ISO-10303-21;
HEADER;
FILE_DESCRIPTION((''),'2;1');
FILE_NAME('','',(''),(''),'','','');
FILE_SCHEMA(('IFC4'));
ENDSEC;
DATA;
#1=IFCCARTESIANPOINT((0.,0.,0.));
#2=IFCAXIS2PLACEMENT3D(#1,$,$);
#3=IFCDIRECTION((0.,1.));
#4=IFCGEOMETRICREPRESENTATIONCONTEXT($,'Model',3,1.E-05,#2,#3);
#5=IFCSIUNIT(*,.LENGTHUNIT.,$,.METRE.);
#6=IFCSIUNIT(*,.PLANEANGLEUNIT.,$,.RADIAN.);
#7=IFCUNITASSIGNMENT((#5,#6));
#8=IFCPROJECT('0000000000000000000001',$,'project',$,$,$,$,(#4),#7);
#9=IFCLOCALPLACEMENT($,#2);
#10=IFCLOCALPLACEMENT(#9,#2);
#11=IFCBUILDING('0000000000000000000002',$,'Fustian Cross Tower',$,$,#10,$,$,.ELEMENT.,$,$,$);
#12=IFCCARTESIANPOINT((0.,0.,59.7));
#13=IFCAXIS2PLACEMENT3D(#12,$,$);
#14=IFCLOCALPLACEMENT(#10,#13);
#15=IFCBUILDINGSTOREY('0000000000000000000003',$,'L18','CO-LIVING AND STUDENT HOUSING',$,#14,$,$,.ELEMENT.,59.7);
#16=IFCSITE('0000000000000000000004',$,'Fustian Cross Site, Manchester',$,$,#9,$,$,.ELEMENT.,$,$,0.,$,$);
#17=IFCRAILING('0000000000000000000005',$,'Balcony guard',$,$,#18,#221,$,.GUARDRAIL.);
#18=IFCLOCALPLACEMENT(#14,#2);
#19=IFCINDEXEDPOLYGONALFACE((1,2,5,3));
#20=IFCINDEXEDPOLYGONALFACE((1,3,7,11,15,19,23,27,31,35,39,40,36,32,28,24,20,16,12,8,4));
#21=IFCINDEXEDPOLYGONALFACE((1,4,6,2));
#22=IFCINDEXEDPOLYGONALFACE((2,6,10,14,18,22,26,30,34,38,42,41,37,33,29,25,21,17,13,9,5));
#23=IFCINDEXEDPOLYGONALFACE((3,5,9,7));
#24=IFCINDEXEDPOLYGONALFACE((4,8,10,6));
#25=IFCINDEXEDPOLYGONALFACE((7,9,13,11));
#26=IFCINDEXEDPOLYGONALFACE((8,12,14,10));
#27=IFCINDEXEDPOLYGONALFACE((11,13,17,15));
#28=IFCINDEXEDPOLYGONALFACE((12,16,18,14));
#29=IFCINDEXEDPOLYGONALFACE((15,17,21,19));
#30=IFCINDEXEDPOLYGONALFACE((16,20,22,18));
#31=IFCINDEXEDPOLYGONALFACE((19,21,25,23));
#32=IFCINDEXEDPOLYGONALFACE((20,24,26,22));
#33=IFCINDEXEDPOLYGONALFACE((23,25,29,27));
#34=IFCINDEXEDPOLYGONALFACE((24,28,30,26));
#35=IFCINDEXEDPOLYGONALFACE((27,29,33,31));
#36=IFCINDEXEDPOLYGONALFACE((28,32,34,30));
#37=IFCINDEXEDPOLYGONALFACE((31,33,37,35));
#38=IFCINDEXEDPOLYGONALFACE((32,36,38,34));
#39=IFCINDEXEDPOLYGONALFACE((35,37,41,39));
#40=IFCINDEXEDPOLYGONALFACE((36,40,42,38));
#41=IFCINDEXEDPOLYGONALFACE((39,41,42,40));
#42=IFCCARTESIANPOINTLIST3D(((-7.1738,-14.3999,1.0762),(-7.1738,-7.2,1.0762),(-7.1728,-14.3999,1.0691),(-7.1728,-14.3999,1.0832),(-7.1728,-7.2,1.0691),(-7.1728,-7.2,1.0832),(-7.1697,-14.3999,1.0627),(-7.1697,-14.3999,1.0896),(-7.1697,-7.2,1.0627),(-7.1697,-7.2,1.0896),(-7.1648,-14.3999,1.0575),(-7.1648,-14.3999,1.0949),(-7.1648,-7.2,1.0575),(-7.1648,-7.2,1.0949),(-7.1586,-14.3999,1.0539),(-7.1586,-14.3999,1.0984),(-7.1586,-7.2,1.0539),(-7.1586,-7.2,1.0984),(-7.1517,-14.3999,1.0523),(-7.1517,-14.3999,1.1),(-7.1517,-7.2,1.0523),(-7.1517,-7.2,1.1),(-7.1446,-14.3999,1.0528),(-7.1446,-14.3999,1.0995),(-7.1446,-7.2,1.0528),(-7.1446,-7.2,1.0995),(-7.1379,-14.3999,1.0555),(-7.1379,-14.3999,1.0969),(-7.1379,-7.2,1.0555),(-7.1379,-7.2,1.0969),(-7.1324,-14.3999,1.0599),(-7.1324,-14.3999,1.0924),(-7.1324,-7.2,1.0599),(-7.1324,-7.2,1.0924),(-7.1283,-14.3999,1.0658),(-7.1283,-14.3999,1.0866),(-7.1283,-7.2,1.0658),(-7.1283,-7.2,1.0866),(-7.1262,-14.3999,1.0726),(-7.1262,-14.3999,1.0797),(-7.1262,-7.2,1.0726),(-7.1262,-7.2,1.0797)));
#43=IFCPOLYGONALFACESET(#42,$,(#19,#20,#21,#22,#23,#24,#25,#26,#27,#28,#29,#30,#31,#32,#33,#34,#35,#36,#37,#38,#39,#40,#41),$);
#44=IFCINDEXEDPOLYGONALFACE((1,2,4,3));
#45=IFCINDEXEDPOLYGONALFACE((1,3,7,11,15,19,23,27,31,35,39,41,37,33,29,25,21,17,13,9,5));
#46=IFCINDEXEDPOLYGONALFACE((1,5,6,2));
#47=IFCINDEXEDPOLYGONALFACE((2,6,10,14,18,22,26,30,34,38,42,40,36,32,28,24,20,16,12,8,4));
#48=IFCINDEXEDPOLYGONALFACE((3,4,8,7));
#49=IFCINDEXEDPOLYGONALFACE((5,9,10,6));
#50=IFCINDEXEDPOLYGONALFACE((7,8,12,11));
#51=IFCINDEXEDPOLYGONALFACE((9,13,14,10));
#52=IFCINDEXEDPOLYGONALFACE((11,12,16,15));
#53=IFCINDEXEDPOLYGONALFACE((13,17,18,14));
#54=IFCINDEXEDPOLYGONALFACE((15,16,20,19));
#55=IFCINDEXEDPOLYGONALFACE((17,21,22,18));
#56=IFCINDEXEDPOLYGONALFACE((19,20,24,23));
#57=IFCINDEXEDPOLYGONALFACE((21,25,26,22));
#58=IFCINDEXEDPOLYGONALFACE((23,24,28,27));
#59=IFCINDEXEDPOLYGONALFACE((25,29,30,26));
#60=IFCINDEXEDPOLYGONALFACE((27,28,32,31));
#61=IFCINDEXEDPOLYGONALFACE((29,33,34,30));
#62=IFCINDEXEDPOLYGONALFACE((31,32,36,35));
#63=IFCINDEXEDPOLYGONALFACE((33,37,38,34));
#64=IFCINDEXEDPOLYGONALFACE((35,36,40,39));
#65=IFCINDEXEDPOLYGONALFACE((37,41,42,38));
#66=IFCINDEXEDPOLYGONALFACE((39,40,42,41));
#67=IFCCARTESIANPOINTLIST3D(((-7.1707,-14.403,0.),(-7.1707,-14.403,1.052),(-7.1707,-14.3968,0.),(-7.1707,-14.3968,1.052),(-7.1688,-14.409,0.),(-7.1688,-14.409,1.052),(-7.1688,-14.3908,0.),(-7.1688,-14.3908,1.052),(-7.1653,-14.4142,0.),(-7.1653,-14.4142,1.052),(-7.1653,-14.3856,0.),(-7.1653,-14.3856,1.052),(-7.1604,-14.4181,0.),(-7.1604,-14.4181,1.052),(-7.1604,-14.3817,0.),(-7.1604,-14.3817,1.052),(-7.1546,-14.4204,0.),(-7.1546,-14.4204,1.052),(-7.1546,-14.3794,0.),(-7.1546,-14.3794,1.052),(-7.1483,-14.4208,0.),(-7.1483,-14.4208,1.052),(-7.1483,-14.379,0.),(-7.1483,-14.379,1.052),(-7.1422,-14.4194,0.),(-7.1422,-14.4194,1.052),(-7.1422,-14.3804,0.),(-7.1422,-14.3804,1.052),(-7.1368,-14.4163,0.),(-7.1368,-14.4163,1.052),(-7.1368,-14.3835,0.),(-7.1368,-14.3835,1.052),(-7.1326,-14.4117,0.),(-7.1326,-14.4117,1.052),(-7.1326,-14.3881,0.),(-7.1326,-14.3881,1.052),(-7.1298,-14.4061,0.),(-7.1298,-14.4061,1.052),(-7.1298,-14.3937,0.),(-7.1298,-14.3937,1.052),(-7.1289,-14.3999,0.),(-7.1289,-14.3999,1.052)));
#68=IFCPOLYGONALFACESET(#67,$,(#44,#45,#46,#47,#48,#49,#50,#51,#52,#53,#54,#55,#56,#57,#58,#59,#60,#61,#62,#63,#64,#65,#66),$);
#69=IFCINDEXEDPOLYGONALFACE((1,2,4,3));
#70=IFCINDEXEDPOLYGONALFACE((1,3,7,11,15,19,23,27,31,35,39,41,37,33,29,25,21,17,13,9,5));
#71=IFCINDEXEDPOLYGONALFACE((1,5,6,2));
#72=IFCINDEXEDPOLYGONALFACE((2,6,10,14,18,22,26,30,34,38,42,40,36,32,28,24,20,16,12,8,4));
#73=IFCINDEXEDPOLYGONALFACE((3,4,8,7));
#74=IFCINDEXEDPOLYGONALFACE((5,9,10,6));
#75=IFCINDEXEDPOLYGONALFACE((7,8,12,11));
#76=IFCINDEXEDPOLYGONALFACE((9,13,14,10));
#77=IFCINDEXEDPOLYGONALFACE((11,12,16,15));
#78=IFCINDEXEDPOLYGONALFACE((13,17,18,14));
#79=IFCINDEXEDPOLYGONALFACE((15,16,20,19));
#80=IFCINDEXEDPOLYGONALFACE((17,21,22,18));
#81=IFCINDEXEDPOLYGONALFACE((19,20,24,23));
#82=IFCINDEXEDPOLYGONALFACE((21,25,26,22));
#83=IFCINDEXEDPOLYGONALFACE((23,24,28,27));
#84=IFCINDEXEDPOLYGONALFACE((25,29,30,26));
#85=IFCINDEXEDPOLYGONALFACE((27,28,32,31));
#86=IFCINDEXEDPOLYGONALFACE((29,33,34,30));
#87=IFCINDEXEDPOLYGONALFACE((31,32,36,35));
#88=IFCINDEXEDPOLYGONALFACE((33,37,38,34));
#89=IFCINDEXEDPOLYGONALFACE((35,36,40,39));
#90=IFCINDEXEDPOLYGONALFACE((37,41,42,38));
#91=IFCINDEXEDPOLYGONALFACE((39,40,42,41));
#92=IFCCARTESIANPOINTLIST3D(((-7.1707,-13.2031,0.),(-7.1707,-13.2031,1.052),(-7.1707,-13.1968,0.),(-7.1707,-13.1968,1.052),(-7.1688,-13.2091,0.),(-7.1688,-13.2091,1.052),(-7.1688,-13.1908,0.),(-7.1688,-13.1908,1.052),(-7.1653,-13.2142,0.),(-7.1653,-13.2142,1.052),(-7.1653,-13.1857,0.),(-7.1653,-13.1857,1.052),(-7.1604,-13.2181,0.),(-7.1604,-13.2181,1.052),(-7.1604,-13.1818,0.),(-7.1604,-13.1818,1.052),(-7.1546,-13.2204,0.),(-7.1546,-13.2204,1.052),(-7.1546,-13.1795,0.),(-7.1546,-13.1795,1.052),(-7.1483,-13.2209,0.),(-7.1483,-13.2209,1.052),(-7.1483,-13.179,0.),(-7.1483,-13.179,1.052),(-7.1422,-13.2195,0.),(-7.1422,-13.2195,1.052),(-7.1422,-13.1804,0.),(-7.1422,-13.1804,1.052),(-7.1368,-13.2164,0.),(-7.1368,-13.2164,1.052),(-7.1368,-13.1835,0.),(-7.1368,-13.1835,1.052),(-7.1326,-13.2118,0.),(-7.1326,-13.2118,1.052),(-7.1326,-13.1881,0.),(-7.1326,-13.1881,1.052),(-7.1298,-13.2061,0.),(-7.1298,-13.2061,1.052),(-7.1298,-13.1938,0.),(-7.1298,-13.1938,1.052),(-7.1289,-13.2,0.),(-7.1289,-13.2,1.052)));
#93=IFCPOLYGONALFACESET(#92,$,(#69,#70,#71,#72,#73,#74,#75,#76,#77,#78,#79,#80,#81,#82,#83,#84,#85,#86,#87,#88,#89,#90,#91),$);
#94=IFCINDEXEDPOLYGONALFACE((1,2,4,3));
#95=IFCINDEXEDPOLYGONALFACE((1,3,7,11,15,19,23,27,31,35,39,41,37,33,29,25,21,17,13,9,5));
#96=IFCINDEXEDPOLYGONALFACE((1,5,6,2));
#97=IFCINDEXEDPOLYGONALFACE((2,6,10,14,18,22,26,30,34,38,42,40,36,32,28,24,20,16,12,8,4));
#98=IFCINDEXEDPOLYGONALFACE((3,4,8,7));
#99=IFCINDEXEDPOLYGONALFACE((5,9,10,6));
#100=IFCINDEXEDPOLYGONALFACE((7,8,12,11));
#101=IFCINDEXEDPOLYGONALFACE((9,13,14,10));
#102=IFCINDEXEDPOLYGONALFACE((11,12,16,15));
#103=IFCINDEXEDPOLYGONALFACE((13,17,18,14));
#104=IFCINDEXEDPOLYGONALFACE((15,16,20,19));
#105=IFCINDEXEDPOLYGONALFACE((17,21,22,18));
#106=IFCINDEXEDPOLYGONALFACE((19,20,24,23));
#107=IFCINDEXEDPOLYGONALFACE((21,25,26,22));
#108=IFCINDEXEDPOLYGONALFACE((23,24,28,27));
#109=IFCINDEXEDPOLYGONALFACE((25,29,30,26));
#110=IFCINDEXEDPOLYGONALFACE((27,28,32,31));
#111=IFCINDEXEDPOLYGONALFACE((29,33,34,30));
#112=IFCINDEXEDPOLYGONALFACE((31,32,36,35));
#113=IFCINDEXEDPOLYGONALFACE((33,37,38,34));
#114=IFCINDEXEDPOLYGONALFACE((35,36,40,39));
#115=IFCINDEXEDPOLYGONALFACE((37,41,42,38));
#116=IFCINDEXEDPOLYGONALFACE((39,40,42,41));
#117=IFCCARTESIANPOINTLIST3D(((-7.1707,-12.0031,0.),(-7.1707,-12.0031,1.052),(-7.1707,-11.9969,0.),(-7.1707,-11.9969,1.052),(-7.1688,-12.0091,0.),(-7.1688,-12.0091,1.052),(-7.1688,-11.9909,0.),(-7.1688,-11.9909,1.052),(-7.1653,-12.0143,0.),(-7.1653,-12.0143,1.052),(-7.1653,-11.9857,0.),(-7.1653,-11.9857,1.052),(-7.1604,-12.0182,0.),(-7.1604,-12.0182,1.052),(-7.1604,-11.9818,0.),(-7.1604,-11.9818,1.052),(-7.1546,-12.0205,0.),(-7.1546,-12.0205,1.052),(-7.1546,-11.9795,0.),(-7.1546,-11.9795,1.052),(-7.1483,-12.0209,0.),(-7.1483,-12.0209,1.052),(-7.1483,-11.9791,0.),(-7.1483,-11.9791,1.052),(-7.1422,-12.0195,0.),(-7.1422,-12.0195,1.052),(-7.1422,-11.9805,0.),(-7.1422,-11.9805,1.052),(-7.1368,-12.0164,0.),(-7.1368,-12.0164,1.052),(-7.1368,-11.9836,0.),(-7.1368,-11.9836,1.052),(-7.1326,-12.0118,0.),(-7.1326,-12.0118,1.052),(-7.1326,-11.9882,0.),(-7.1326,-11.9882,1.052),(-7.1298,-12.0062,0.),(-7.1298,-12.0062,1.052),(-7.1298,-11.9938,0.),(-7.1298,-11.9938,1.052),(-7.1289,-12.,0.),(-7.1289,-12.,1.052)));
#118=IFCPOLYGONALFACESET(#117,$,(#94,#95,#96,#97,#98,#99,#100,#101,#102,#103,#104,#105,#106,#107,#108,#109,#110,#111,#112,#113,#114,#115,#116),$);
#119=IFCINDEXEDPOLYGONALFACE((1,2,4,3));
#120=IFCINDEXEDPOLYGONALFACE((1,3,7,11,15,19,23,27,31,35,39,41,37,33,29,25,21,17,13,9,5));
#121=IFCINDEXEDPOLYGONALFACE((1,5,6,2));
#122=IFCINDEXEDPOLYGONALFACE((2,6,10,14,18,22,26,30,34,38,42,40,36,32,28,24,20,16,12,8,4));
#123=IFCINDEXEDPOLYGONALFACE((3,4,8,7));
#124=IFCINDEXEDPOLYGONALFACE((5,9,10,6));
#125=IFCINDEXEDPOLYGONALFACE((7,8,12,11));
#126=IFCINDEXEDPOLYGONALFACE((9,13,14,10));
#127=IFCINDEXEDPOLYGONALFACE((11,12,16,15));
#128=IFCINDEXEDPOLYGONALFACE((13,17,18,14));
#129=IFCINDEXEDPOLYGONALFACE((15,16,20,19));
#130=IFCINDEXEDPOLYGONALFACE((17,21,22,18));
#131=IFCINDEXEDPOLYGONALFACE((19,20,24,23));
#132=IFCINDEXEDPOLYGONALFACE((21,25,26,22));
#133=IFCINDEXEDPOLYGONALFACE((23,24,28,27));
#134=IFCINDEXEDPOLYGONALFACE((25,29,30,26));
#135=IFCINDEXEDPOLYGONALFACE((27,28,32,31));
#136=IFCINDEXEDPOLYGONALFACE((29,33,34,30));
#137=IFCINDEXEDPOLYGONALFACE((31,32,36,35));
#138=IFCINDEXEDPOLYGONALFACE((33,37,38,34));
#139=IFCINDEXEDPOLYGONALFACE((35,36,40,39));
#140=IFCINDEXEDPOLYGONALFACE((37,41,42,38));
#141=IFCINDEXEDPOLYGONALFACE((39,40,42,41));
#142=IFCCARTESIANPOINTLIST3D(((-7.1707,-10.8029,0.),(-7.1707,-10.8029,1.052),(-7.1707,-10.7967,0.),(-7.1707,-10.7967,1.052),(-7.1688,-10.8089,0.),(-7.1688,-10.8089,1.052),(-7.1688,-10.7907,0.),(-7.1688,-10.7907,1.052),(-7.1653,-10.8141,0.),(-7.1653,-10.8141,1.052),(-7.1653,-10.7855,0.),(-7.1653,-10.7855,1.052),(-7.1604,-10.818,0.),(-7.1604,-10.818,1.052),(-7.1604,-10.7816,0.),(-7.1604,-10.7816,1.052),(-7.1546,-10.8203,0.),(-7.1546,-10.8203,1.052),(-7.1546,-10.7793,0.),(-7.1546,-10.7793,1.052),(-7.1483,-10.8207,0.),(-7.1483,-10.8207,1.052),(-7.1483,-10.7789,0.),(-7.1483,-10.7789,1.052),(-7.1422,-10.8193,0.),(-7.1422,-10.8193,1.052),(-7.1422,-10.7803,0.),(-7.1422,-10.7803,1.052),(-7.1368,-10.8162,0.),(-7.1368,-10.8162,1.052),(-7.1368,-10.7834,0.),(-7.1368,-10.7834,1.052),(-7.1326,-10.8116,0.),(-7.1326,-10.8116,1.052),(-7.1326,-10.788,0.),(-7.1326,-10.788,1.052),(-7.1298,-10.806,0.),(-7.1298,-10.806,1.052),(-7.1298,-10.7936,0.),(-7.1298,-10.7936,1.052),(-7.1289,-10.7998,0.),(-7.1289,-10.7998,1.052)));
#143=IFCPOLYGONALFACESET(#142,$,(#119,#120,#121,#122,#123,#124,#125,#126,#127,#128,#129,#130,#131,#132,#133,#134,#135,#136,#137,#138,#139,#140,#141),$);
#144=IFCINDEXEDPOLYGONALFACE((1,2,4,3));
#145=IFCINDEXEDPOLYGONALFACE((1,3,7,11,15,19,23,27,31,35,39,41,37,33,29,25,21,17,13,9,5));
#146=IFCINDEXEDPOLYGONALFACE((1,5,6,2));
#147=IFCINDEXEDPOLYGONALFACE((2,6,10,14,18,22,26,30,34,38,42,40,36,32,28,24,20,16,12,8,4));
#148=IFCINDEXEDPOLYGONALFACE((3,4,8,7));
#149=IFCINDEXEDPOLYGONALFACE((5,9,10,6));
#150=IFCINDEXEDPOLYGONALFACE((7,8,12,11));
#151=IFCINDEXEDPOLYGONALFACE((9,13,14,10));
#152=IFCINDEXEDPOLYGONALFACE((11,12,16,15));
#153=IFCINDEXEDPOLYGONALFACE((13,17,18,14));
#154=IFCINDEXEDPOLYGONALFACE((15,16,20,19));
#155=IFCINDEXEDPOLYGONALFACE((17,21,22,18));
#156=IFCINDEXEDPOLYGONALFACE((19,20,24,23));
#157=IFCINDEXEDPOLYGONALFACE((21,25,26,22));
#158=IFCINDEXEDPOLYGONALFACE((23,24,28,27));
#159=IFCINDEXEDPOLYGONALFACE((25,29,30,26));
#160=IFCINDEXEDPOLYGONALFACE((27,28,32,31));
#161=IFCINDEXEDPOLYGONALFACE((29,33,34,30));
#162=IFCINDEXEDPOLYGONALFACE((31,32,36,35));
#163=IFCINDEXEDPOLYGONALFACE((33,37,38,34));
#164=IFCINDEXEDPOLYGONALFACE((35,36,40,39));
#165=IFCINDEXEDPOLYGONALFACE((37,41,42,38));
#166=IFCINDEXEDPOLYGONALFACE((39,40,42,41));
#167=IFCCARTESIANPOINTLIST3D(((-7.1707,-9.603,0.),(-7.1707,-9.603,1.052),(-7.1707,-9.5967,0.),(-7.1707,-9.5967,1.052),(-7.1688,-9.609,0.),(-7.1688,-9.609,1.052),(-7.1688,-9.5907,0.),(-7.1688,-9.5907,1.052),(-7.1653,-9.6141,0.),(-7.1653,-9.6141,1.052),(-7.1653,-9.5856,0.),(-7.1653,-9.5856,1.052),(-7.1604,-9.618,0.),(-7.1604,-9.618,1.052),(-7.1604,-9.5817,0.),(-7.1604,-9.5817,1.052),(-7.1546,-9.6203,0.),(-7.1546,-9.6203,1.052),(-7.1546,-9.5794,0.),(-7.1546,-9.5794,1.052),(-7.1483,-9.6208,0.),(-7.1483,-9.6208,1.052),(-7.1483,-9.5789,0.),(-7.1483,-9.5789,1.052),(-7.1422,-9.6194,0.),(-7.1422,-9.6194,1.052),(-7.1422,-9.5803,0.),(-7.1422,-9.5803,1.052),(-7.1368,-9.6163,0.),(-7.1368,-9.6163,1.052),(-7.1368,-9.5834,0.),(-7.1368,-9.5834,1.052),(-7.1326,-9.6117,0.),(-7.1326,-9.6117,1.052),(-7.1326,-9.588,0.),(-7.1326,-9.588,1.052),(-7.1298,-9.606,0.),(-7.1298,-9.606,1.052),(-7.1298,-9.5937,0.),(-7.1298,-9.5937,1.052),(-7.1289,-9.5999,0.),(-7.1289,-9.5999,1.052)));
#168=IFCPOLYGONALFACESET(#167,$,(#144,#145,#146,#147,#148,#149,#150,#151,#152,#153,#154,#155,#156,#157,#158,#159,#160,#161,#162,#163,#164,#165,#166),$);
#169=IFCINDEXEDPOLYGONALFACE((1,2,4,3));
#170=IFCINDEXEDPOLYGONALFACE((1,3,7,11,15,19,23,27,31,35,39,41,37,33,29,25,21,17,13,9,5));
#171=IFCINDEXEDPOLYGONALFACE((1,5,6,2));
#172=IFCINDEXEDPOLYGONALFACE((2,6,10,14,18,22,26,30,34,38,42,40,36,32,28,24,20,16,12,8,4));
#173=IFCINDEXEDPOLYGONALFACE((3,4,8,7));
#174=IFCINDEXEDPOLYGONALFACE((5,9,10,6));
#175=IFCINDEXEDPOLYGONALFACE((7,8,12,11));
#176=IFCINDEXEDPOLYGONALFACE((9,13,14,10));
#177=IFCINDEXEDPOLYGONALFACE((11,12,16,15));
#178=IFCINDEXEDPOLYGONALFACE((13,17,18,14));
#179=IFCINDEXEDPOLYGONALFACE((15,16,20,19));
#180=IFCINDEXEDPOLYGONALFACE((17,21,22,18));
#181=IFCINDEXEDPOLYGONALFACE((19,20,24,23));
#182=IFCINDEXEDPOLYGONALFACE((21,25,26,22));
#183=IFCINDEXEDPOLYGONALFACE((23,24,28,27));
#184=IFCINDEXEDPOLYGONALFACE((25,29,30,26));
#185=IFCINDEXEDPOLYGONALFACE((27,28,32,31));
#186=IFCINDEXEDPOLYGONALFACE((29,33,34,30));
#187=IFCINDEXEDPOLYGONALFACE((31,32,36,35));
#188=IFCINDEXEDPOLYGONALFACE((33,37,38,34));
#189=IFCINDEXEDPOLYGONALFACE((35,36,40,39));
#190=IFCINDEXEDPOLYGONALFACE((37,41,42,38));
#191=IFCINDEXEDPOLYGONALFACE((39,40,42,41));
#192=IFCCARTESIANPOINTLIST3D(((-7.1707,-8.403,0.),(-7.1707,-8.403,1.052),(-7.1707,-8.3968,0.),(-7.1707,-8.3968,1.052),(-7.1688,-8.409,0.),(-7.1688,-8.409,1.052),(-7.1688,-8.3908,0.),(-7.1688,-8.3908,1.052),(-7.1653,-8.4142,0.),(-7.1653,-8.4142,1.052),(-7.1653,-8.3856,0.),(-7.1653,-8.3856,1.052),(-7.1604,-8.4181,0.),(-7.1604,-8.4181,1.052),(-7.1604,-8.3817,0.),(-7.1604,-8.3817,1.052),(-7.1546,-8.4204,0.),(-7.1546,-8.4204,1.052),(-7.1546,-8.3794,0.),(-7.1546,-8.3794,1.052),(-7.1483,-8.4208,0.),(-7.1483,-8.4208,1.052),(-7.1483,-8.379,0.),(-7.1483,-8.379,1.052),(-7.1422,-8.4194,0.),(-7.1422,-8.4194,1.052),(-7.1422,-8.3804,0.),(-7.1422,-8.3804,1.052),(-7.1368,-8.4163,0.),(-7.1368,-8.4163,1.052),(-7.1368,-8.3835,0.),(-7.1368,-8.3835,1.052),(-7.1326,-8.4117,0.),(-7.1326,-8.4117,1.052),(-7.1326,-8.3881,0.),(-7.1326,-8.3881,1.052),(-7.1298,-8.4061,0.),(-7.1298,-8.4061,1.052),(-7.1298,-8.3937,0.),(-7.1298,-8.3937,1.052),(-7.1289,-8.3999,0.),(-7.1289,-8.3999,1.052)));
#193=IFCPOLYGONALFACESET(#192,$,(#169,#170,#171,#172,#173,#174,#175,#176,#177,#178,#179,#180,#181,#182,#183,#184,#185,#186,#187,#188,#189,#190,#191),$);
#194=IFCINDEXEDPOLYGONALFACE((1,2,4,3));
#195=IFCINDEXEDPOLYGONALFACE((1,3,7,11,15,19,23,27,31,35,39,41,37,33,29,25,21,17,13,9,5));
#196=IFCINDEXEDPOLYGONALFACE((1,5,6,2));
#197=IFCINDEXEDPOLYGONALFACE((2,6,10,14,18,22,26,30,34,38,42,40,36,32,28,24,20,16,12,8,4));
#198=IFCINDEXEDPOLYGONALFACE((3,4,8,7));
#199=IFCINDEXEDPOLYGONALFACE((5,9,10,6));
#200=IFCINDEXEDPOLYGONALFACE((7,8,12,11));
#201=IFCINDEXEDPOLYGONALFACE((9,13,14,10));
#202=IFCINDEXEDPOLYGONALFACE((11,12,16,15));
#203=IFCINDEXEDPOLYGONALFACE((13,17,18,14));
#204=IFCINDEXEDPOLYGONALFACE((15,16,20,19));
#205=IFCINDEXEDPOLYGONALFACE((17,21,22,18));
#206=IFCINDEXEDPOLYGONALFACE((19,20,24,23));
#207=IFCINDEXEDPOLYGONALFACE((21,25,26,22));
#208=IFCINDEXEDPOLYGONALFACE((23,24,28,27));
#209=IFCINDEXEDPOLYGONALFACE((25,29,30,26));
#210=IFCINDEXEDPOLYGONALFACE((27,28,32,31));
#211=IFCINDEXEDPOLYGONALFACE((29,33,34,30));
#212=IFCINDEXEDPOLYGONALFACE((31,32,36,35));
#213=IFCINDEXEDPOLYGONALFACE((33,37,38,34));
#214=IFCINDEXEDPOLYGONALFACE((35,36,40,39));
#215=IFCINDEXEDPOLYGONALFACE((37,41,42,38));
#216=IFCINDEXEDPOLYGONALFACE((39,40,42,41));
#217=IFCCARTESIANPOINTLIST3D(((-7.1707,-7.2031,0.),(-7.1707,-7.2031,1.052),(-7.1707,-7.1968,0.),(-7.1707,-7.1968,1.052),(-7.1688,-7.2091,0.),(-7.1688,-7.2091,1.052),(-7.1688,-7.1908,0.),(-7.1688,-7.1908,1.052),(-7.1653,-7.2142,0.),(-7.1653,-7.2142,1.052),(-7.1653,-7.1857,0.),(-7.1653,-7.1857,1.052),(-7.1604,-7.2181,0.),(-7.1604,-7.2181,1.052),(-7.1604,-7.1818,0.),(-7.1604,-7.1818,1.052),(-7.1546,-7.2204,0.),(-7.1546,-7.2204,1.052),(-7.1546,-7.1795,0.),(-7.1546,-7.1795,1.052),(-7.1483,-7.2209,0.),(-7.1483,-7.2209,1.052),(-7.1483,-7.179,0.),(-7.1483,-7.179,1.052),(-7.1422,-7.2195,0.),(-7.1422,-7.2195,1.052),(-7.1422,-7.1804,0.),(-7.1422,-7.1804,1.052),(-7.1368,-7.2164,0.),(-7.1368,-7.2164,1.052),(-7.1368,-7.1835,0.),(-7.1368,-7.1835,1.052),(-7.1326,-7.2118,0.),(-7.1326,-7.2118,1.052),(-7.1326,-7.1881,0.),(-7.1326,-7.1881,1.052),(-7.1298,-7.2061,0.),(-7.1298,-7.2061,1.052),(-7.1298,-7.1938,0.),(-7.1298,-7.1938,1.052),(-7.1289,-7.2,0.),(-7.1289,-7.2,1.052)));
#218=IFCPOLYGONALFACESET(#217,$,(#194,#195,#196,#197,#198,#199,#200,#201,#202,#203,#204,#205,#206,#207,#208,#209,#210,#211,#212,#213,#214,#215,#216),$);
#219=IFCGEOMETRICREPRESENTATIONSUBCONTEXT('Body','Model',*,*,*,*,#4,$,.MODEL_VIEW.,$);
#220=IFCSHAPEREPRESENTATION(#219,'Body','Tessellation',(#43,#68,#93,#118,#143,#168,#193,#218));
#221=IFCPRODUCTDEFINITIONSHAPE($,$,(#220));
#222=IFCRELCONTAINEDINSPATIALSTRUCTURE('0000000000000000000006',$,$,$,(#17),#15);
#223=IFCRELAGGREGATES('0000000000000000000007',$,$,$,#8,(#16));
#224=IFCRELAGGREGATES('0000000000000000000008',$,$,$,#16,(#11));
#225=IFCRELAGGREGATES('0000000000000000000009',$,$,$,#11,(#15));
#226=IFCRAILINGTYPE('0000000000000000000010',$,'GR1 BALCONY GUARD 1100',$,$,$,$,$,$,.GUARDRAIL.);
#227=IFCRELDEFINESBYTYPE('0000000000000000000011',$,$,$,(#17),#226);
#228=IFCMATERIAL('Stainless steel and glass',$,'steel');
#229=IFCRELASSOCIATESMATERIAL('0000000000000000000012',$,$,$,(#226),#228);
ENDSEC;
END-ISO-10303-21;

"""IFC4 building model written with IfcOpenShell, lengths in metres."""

from ifc_helpers import new_model, si_unit, direction, frame, origin, origin_2d, place, context, subcontext, project, spatial, circle, extrude, material, type_object, element, save


model = new_model("IFC4")

# Units and contexts
model_context = context("Model", 3, precision=1e-05, world=origin(), true_north=direction((0.0, 1.0)))
body_context = subcontext(model_context, "Body", "Model", "MODEL_VIEW")
ifc_project = project(units=[si_unit("LENGTHUNIT", "METRE"), si_unit("PLANEANGLEUNIT", "RADIAN")], contexts=[model_context])

# Site, building, storey
site_placement = place(None, origin())
site = spatial("IfcSite", under=ifc_project, at=site_placement, Name="Fustian Cross Site, Manchester", CompositionType="ELEMENT", RefElevation=0.0)
building_placement = place(site_placement, origin())
building = spatial("IfcBuilding", under=site, at=building_placement, Name="Fustian Cross Tower", CompositionType="ELEMENT")
storey_placement = place(building_placement, frame((0.0, 0.0, 59.7)))
storey = spatial("IfcBuildingStorey", under=building, at=storey_placement, Name="L18", Description="CO-LIVING AND STUDENT HOUSING", CompositionType="ELEMENT", Elevation=59.7)

# Railing
ifc_material_1 = material(Name="Stainless steel and glass", Category="steel")
railing_type = type_object("IfcRailingType", Name="GR1 BALCONY GUARD 1100", PredefinedType="GUARDRAIL", material=ifc_material_1)
railing_placement = place(storey_placement, frame((-7.1499, -14.3999, 0.0)))
element("IfcRailing", 1, at=railing_placement, inside=storey, type_object=railing_type, Name="Balcony guard", PredefinedType="GUARDRAIL", context=body_context, shape_type="SweptSolid", body=[
    extrude(circle(Radius=0.0239, at=origin_2d()), frame((0.0, 0.0, 1.0762), z_axis=(0.0, 1.0, 0.0), x_axis=(-1.0, 0.0, 0.0)), (0.0, 0.0, 1.0), 7.2),
    extrude(circle(Radius=0.021, at=origin_2d()), origin(), (0.0, 0.0, 1.0), 1.052),
    extrude(circle(Radius=0.021, at=origin_2d()), frame((0.0, 1.2, 0.0)), (0.0, 0.0, 1.0), 1.052),
    extrude(circle(Radius=0.021, at=origin_2d()), frame((0.0, 2.3999, 0.0)), (0.0, 0.0, 1.0), 1.052),
    extrude(circle(Radius=0.021, at=origin_2d()), frame((0.0, 3.6001, 0.0)), (0.0, 0.0, 1.0), 1.052),
    extrude(circle(Radius=0.021, at=origin_2d()), frame((0.0, 4.8, 0.0)), (0.0, 0.0, 1.0), 1.052),
    extrude(circle(Radius=0.021, at=origin_2d()), frame((0.0, 6.0, 0.0)), (0.0, 0.0, 1.0), 1.052),
    extrude(circle(Radius=0.021, at=origin_2d()), frame((0.0, 7.2, 0.0)), (0.0, 0.0, 1.0), 1.052),
])

save(model, "model.ifc")
